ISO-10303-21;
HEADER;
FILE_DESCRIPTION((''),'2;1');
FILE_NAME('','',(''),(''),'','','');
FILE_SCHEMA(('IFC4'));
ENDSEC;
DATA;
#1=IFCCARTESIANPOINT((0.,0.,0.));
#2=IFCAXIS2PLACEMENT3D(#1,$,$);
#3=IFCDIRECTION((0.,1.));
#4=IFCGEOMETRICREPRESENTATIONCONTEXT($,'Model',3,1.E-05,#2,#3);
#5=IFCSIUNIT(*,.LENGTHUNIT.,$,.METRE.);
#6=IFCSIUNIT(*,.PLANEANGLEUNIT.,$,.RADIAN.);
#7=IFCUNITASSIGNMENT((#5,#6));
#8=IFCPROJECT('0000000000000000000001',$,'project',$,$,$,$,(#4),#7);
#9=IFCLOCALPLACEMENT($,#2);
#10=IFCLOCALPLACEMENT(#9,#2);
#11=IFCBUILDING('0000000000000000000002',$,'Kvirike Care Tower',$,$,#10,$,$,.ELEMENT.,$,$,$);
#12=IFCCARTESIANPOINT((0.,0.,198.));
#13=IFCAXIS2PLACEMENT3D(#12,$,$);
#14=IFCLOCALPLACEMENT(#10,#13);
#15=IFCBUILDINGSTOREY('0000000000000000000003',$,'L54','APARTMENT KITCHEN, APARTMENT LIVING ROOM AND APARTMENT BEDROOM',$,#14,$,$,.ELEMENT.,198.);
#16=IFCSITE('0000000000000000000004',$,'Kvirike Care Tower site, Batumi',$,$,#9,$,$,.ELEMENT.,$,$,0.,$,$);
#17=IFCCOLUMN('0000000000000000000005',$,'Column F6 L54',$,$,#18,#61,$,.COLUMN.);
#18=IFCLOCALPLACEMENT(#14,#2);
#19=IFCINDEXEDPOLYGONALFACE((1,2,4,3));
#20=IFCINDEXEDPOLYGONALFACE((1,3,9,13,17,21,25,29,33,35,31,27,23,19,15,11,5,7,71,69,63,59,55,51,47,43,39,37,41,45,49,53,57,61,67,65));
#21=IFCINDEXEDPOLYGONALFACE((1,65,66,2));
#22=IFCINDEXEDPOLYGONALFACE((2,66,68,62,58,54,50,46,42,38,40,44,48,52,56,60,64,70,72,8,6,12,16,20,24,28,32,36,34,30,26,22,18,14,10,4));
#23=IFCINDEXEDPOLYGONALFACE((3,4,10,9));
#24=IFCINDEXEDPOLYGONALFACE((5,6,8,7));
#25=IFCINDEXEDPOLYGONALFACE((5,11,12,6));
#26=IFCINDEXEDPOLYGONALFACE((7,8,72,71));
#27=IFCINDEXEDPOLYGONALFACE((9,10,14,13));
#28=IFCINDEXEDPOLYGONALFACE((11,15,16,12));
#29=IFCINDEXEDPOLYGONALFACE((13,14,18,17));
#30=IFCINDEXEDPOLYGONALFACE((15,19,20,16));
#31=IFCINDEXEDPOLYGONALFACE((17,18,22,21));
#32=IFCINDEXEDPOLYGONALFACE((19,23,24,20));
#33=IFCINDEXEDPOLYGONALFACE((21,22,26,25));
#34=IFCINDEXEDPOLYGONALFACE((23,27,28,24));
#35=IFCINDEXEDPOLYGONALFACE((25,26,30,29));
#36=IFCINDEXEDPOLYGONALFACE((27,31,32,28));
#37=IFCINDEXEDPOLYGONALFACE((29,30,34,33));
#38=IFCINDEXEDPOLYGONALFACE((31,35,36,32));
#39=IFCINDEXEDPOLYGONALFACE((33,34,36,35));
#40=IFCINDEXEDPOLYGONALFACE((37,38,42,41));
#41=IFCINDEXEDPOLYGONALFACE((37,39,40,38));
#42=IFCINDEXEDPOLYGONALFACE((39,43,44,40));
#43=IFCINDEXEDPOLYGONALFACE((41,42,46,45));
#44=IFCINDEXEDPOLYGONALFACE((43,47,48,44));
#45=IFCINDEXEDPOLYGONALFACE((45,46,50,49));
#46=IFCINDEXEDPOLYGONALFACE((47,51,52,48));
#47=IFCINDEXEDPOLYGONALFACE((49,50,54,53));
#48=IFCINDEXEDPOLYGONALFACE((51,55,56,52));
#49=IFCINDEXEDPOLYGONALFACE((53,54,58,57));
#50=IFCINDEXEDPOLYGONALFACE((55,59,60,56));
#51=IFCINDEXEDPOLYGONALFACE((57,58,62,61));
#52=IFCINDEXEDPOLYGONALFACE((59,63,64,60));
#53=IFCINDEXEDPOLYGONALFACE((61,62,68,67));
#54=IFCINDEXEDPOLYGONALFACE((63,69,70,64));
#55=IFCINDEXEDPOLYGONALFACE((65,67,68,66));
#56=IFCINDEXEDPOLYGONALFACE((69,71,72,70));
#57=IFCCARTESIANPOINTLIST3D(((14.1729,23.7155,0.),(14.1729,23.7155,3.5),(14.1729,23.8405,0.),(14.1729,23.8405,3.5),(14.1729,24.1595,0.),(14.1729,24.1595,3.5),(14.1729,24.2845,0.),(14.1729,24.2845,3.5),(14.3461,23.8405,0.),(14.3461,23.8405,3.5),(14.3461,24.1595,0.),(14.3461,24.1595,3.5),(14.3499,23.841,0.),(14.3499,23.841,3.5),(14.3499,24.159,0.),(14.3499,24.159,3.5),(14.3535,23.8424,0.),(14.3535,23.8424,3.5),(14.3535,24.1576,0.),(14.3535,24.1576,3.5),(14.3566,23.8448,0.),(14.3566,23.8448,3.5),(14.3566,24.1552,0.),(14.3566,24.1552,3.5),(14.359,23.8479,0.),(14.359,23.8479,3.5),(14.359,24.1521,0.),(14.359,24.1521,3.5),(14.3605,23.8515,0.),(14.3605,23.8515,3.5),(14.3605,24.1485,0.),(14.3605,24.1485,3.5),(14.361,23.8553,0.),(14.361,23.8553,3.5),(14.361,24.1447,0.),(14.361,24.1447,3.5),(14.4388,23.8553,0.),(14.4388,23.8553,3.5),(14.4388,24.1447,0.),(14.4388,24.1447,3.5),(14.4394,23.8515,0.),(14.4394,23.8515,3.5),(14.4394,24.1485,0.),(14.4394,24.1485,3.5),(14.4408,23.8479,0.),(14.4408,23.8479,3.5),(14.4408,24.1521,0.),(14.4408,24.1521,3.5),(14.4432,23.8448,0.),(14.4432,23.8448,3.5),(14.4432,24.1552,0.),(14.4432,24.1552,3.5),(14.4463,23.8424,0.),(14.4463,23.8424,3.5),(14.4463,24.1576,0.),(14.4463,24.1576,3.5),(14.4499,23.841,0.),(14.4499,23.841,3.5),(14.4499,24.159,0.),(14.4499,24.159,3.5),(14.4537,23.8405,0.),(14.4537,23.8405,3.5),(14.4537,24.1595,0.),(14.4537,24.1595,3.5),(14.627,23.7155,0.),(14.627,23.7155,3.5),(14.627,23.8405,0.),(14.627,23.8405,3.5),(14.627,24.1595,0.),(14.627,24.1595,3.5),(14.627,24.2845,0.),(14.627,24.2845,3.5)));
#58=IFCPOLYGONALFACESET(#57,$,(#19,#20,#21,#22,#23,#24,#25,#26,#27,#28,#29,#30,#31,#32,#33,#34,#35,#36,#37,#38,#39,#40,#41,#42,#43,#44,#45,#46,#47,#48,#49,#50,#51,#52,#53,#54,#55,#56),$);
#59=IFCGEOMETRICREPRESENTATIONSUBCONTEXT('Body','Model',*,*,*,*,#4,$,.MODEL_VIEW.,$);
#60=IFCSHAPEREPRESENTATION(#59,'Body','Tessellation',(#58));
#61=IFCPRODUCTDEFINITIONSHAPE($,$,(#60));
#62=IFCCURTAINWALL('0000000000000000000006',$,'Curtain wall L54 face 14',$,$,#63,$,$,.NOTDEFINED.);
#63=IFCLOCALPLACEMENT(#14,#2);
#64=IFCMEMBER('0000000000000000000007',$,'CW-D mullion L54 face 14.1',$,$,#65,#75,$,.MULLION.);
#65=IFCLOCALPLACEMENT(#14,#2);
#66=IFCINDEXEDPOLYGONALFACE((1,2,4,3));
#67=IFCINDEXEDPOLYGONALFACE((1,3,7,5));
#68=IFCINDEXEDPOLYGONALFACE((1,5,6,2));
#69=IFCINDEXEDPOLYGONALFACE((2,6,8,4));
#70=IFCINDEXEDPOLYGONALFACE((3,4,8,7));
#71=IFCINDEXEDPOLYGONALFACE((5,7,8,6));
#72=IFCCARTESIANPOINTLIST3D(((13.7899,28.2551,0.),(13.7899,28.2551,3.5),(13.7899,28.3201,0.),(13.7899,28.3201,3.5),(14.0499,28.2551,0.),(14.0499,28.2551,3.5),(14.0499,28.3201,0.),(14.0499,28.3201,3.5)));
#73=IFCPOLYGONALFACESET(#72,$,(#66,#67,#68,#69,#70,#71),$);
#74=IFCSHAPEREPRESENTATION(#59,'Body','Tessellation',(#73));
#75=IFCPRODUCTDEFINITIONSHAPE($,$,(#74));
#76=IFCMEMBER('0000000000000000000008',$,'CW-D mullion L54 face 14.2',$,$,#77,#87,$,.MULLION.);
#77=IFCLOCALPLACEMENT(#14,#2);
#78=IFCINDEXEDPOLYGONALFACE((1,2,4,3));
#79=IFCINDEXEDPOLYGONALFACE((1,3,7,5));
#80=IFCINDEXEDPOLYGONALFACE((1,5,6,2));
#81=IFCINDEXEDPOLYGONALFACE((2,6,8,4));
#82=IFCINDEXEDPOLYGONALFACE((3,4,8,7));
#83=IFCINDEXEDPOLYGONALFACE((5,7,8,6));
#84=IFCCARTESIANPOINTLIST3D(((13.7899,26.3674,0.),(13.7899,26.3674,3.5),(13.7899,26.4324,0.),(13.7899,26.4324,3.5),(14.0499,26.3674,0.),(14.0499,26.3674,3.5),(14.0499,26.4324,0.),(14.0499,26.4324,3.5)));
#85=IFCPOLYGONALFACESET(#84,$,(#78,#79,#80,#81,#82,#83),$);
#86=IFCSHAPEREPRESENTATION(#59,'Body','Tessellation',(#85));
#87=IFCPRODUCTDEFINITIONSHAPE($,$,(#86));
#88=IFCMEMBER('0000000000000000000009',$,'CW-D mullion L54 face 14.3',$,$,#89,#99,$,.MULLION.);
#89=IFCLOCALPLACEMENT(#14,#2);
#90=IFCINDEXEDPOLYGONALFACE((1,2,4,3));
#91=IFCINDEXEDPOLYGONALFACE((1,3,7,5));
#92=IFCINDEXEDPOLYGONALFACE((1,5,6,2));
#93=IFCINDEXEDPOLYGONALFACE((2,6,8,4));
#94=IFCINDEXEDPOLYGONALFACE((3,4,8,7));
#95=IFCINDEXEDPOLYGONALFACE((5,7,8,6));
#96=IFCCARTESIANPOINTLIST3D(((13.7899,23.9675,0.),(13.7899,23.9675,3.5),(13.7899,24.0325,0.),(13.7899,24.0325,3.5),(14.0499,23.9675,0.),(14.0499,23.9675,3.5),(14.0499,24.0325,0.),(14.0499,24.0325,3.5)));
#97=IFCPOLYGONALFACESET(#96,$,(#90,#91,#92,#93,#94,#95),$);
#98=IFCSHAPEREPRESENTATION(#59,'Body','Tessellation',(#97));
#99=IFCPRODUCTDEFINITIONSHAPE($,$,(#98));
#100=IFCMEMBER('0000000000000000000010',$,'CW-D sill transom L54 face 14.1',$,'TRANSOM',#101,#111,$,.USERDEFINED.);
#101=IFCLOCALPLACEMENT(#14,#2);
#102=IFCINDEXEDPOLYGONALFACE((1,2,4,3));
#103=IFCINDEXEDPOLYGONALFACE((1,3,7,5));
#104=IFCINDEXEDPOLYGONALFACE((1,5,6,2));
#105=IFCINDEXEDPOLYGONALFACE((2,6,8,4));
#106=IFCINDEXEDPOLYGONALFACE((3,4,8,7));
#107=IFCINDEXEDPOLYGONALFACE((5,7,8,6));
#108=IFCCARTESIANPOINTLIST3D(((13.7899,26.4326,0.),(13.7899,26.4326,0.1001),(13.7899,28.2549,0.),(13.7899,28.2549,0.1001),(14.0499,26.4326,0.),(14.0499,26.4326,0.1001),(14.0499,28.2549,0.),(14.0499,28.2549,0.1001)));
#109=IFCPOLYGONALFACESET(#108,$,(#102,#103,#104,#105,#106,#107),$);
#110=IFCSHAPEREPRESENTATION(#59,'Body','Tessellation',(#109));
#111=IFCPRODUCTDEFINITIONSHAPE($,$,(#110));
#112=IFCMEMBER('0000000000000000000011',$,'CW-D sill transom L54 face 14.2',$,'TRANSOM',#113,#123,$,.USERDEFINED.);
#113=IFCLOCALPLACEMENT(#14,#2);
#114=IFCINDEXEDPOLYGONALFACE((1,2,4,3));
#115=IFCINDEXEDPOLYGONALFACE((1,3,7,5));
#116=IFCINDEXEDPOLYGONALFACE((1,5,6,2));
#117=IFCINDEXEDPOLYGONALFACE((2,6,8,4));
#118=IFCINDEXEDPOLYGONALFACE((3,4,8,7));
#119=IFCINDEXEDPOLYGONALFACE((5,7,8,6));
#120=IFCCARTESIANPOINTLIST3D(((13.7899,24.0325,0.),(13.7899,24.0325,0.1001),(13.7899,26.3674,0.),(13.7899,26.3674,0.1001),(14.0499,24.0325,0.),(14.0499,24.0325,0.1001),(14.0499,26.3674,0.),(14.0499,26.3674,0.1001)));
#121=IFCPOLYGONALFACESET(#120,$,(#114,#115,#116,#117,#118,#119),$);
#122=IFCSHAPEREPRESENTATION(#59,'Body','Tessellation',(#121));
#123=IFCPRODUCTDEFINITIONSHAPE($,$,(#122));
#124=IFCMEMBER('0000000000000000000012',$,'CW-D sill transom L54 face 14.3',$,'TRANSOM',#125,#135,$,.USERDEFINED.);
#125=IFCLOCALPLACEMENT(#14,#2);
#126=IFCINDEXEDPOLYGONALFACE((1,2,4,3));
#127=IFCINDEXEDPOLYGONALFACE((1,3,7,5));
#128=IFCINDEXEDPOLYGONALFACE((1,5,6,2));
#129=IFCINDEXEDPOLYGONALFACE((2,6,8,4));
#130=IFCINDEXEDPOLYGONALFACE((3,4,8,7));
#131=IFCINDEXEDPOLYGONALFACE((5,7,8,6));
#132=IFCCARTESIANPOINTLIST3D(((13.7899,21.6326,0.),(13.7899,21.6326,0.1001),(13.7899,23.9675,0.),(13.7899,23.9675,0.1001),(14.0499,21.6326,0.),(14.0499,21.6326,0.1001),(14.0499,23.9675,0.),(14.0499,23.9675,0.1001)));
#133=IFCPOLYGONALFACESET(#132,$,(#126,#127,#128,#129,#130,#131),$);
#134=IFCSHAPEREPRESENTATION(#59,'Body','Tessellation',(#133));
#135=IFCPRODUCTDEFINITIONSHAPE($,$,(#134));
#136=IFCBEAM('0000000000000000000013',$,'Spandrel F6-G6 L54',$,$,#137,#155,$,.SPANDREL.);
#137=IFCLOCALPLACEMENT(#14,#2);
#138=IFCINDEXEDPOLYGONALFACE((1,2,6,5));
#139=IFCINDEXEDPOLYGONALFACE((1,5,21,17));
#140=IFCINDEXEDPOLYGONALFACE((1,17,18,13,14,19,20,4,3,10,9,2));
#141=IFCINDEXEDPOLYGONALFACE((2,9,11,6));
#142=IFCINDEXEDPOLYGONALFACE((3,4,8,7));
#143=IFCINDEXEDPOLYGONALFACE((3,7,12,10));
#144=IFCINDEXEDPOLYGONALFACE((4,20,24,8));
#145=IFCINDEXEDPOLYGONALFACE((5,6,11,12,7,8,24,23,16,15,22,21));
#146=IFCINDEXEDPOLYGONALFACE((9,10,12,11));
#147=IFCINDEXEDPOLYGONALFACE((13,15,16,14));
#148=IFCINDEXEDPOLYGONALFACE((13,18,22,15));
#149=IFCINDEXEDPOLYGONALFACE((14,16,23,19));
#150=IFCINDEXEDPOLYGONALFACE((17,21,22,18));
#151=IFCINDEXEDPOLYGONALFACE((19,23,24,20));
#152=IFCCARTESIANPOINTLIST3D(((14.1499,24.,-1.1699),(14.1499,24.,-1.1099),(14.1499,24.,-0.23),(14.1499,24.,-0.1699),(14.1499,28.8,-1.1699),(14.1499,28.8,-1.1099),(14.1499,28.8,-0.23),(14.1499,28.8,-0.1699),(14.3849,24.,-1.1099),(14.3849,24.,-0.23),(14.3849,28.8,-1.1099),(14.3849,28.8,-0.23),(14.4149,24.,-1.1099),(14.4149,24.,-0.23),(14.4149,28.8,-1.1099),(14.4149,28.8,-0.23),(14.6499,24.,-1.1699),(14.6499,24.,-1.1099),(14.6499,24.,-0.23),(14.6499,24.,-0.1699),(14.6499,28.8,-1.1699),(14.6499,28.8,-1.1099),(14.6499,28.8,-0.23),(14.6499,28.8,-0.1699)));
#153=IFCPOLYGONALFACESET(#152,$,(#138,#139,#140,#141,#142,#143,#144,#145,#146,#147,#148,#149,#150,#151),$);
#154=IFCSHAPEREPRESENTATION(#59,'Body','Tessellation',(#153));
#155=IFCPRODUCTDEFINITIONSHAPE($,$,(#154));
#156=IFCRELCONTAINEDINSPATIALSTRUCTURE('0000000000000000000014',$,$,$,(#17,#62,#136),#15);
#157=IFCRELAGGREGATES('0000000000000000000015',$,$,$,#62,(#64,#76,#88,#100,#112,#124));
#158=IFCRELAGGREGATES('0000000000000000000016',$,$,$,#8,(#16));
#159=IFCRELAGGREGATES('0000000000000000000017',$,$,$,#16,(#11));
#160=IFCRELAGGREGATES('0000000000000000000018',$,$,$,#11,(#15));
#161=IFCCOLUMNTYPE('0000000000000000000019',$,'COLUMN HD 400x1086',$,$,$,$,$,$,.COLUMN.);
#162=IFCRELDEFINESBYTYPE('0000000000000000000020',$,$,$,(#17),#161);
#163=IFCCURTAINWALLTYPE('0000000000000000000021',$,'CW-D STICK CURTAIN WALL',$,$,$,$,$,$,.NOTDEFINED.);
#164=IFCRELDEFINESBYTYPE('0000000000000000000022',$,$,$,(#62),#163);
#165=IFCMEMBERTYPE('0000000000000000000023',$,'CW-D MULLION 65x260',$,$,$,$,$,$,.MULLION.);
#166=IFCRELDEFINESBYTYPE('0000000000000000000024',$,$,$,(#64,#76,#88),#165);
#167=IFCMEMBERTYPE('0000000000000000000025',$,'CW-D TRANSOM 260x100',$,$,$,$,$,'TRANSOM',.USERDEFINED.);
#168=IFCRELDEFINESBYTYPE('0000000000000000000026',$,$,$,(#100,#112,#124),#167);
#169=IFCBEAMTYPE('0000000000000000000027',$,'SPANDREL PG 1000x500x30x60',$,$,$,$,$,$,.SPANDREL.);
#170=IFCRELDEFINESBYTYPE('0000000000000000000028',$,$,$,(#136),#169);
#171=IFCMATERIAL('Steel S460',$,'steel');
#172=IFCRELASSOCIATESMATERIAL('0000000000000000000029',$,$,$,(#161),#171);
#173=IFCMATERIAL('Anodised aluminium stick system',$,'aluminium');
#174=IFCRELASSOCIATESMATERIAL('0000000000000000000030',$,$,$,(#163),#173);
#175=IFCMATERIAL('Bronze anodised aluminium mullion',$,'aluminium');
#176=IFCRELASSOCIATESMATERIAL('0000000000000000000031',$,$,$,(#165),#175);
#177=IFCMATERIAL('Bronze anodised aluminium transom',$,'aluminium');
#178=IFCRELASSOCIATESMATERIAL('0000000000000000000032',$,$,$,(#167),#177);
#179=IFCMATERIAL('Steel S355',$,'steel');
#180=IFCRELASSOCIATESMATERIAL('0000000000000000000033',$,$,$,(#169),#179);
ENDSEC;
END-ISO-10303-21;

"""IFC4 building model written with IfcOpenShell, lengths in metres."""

from ifc_helpers import new_model, si_unit, direction, frame, origin, origin_2d, place, context, subcontext, project, spatial, rectangle, i_section, extrude, material, material_profile, profile_set, type_object, element, aggregate, save


model = new_model("IFC4")

# Units and contexts
model_context = context("Model", 3, precision=1e-05, world=origin(), true_north=direction((0.0, 1.0)))
body_context = subcontext(model_context, "Body", "Model", "MODEL_VIEW")
ifc_project = project(units=[si_unit("LENGTHUNIT", "METRE"), si_unit("PLANEANGLEUNIT", "RADIAN")], contexts=[model_context])

# Site, building, storey
site_placement = place(None, origin())
site = spatial("IfcSite", under=ifc_project, at=site_placement, Name="Kvirike Care Tower site, Batumi", CompositionType="ELEMENT", RefElevation=0.0)
building_placement = place(site_placement, origin())
building = spatial("IfcBuilding", under=site, at=building_placement, Name="Kvirike Care Tower", CompositionType="ELEMENT")
storey_placement = place(building_placement, frame((0.0, 0.0, 198.0)))
storey = spatial("IfcBuildingStorey", under=building, at=storey_placement, Name="L54", Description="APARTMENT KITCHEN, APARTMENT LIVING ROOM AND APARTMENT BEDROOM", CompositionType="ELEMENT", Elevation=198.0)

# Column
ifc_material_1 = material(Name="Steel S460", Category="steel")
ifc_material_profile_1 = material_profile(ifc_material_1, i_section(OverallWidth=0.4541, OverallDepth=0.5691, WebThickness=0.0779, FlangeThickness=0.125, FilletRadius=0.0149, at=origin_2d()), Name="HD 400x1086")
ifc_profile_set_1 = profile_set([ifc_material_profile_1], Name="Steel S460")
column_type = type_object("IfcColumnType", Name="COLUMN HD 400x1086", PredefinedType="COLUMN", material=ifc_profile_set_1)
column_placement = place(storey_placement, frame((14.3999, 24.0, 0.0), z_axis=(0.0, 0.0, 1.0), x_axis=(1.0, 0.0, 0.0)))
element("IfcColumn", 1, at=column_placement, inside=storey, type_object=column_type, Name="Column F6 L54", PredefinedType="COLUMN", context=body_context, shape_type="SweptSolid", body=[
    extrude(i_section(OverallWidth=0.4541, OverallDepth=0.5691, WebThickness=0.0779, FlangeThickness=0.125, FilletRadius=0.0149, at=origin_2d()), origin(), (0.0, 0.0, 1.0), 3.5),
])

# Curtain wall, members
ifc_material_2 = material(Name="Anodised aluminium stick system", Category="aluminium")
curtain_wall_type = type_object("IfcCurtainWallType", Name="CW-D STICK CURTAIN WALL", PredefinedType="NOTDEFINED", material=ifc_material_2)
curtain_wall_placement = place(storey_placement, origin())
curtain_wall = element("IfcCurtainWall", 2, at=curtain_wall_placement, inside=storey, type_object=curtain_wall_type, Name="Curtain wall L54 face 14", PredefinedType="NOTDEFINED")
ifc_material_3 = material(Name="Bronze anodised aluminium mullion", Category="aluminium")
ifc_material_profile_2 = material_profile(ifc_material_3, rectangle(XDim=0.0649, YDim=0.26, at=origin_2d()), Name="CW-D MULLION 65x260")
ifc_profile_set_2 = profile_set([ifc_material_profile_2], Name="Bronze anodised aluminium mullion")
member_type_1 = type_object("IfcMemberType", Name="CW-D MULLION 65x260", PredefinedType="MULLION", material=ifc_profile_set_2)
member_1_placement = place(storey_placement, frame((13.9199, 28.2876, 0.0), z_axis=(0.0, 0.0, 1.0), x_axis=(0.0, -1.0, 0.0)))
member_1 = element("IfcMember", 3, at=member_1_placement, type_object=member_type_1, Name="CW-D mullion L54 face 14.1", PredefinedType="MULLION", context=body_context, shape_type="SweptSolid", body=[
    extrude(rectangle(XDim=0.0649, YDim=0.26, at=origin_2d()), origin(), (0.0, 0.0, 1.0), 3.5),
])
member_2_placement = place(storey_placement, frame((13.9199, 26.3999, 0.0), z_axis=(0.0, 0.0, 1.0), x_axis=(0.0, -1.0, 0.0)))
member_2 = element("IfcMember", 4, at=member_2_placement, type_object=member_type_1, Name="CW-D mullion L54 face 14.2", PredefinedType="MULLION", context=body_context, shape_type="SweptSolid", body=[
    extrude(rectangle(XDim=0.0649, YDim=0.26, at=origin_2d()), origin(), (0.0, 0.0, 1.0), 3.5),
])
member_3_placement = place(storey_placement, frame((13.9199, 24.0, 0.0), z_axis=(0.0, 0.0, 1.0), x_axis=(0.0, -1.0, 0.0)))
member_3 = element("IfcMember", 5, at=member_3_placement, type_object=member_type_1, Name="CW-D mullion L54 face 14.3", PredefinedType="MULLION", context=body_context, shape_type="SweptSolid", body=[
    extrude(rectangle(XDim=0.0649, YDim=0.26, at=origin_2d()), origin(), (0.0, 0.0, 1.0), 3.5),
])
ifc_material_4 = material(Name="Bronze anodised aluminium transom", Category="aluminium")
ifc_material_profile_3 = material_profile(ifc_material_4, rectangle(XDim=0.26, YDim=0.1001, at=origin_2d()), Name="CW-D TRANSOM 260x100")
ifc_profile_set_3 = profile_set([ifc_material_profile_3], Name="Bronze anodised aluminium transom")
member_type_2 = type_object("IfcMemberType", Name="CW-D TRANSOM 260x100", ElementType="TRANSOM", PredefinedType="USERDEFINED", material=ifc_profile_set_3)
member_4_placement = place(storey_placement, frame((13.9199, 28.2549, 0.05), z_axis=(0.0, -1.0, 0.0), x_axis=(1.0, 0.0, 0.0)))
member_4 = element("IfcMember", 6, at=member_4_placement, type_object=member_type_2, Name="CW-D sill transom L54 face 14.1", ObjectType="TRANSOM", PredefinedType="USERDEFINED", context=body_context, shape_type="SweptSolid", body=[
    extrude(rectangle(XDim=0.26, YDim=0.1001, at=origin_2d()), origin(), (0.0, 0.0, 1.0), 1.8223),
])
member_5_placement = place(storey_placement, frame((13.9199, 26.3674, 0.05), z_axis=(0.0, -1.0, 0.0), x_axis=(1.0, 0.0, 0.0)))
member_5 = element("IfcMember", 7, at=member_5_placement, type_object=member_type_2, Name="CW-D sill transom L54 face 14.2", ObjectType="TRANSOM", PredefinedType="USERDEFINED", context=body_context, shape_type="SweptSolid", body=[
    extrude(rectangle(XDim=0.26, YDim=0.1001, at=origin_2d()), origin(), (0.0, 0.0, 1.0), 2.335),
])
member_6_placement = place(storey_placement, frame((13.9199, 23.9675, 0.05), z_axis=(0.0, -1.0, 0.0), x_axis=(1.0, 0.0, 0.0)))
member_6 = element("IfcMember", 8, at=member_6_placement, type_object=member_type_2, Name="CW-D sill transom L54 face 14.3", ObjectType="TRANSOM", PredefinedType="USERDEFINED", context=body_context, shape_type="SweptSolid", body=[
    extrude(rectangle(XDim=0.26, YDim=0.1001, at=origin_2d()), origin(), (0.0, 0.0, 1.0), 2.335),
])

# Beam
ifc_material_5 = material(Name="Steel S355", Category="steel")
ifc_material_profile_4 = material_profile(ifc_material_5, i_section(OverallWidth=0.5, OverallDepth=1.0, WebThickness=0.03, FlangeThickness=0.0601, at=origin_2d()), Name="PG 1000x500x30x60")
ifc_profile_set_4 = profile_set([ifc_material_profile_4], Name="Steel S355")
beam_type_1 = type_object("IfcBeamType", Name="SPANDREL PG 1000x500x30x60", PredefinedType="SPANDREL", material=ifc_profile_set_4)
beam_placement = place(storey_placement, frame((14.3999, 24.0, -0.6699), z_axis=(0.0, 1.0, 0.0), x_axis=(-1.0, 0.0, 0.0)))
element("IfcBeam", 9, at=beam_placement, inside=storey, type_object=beam_type_1, Name="Spandrel F6-G6 L54", PredefinedType="SPANDREL", context=body_context, shape_type="SweptSolid", body=[
    extrude(i_section(OverallWidth=0.5, OverallDepth=1.0, WebThickness=0.03, FlangeThickness=0.0601, at=origin_2d()), origin(), (0.0, 0.0, 1.0), 4.8),
])

aggregate(curtain_wall, [member_1, member_2, member_3, member_4, member_5, member_6])

save(model, "model.ifc")
